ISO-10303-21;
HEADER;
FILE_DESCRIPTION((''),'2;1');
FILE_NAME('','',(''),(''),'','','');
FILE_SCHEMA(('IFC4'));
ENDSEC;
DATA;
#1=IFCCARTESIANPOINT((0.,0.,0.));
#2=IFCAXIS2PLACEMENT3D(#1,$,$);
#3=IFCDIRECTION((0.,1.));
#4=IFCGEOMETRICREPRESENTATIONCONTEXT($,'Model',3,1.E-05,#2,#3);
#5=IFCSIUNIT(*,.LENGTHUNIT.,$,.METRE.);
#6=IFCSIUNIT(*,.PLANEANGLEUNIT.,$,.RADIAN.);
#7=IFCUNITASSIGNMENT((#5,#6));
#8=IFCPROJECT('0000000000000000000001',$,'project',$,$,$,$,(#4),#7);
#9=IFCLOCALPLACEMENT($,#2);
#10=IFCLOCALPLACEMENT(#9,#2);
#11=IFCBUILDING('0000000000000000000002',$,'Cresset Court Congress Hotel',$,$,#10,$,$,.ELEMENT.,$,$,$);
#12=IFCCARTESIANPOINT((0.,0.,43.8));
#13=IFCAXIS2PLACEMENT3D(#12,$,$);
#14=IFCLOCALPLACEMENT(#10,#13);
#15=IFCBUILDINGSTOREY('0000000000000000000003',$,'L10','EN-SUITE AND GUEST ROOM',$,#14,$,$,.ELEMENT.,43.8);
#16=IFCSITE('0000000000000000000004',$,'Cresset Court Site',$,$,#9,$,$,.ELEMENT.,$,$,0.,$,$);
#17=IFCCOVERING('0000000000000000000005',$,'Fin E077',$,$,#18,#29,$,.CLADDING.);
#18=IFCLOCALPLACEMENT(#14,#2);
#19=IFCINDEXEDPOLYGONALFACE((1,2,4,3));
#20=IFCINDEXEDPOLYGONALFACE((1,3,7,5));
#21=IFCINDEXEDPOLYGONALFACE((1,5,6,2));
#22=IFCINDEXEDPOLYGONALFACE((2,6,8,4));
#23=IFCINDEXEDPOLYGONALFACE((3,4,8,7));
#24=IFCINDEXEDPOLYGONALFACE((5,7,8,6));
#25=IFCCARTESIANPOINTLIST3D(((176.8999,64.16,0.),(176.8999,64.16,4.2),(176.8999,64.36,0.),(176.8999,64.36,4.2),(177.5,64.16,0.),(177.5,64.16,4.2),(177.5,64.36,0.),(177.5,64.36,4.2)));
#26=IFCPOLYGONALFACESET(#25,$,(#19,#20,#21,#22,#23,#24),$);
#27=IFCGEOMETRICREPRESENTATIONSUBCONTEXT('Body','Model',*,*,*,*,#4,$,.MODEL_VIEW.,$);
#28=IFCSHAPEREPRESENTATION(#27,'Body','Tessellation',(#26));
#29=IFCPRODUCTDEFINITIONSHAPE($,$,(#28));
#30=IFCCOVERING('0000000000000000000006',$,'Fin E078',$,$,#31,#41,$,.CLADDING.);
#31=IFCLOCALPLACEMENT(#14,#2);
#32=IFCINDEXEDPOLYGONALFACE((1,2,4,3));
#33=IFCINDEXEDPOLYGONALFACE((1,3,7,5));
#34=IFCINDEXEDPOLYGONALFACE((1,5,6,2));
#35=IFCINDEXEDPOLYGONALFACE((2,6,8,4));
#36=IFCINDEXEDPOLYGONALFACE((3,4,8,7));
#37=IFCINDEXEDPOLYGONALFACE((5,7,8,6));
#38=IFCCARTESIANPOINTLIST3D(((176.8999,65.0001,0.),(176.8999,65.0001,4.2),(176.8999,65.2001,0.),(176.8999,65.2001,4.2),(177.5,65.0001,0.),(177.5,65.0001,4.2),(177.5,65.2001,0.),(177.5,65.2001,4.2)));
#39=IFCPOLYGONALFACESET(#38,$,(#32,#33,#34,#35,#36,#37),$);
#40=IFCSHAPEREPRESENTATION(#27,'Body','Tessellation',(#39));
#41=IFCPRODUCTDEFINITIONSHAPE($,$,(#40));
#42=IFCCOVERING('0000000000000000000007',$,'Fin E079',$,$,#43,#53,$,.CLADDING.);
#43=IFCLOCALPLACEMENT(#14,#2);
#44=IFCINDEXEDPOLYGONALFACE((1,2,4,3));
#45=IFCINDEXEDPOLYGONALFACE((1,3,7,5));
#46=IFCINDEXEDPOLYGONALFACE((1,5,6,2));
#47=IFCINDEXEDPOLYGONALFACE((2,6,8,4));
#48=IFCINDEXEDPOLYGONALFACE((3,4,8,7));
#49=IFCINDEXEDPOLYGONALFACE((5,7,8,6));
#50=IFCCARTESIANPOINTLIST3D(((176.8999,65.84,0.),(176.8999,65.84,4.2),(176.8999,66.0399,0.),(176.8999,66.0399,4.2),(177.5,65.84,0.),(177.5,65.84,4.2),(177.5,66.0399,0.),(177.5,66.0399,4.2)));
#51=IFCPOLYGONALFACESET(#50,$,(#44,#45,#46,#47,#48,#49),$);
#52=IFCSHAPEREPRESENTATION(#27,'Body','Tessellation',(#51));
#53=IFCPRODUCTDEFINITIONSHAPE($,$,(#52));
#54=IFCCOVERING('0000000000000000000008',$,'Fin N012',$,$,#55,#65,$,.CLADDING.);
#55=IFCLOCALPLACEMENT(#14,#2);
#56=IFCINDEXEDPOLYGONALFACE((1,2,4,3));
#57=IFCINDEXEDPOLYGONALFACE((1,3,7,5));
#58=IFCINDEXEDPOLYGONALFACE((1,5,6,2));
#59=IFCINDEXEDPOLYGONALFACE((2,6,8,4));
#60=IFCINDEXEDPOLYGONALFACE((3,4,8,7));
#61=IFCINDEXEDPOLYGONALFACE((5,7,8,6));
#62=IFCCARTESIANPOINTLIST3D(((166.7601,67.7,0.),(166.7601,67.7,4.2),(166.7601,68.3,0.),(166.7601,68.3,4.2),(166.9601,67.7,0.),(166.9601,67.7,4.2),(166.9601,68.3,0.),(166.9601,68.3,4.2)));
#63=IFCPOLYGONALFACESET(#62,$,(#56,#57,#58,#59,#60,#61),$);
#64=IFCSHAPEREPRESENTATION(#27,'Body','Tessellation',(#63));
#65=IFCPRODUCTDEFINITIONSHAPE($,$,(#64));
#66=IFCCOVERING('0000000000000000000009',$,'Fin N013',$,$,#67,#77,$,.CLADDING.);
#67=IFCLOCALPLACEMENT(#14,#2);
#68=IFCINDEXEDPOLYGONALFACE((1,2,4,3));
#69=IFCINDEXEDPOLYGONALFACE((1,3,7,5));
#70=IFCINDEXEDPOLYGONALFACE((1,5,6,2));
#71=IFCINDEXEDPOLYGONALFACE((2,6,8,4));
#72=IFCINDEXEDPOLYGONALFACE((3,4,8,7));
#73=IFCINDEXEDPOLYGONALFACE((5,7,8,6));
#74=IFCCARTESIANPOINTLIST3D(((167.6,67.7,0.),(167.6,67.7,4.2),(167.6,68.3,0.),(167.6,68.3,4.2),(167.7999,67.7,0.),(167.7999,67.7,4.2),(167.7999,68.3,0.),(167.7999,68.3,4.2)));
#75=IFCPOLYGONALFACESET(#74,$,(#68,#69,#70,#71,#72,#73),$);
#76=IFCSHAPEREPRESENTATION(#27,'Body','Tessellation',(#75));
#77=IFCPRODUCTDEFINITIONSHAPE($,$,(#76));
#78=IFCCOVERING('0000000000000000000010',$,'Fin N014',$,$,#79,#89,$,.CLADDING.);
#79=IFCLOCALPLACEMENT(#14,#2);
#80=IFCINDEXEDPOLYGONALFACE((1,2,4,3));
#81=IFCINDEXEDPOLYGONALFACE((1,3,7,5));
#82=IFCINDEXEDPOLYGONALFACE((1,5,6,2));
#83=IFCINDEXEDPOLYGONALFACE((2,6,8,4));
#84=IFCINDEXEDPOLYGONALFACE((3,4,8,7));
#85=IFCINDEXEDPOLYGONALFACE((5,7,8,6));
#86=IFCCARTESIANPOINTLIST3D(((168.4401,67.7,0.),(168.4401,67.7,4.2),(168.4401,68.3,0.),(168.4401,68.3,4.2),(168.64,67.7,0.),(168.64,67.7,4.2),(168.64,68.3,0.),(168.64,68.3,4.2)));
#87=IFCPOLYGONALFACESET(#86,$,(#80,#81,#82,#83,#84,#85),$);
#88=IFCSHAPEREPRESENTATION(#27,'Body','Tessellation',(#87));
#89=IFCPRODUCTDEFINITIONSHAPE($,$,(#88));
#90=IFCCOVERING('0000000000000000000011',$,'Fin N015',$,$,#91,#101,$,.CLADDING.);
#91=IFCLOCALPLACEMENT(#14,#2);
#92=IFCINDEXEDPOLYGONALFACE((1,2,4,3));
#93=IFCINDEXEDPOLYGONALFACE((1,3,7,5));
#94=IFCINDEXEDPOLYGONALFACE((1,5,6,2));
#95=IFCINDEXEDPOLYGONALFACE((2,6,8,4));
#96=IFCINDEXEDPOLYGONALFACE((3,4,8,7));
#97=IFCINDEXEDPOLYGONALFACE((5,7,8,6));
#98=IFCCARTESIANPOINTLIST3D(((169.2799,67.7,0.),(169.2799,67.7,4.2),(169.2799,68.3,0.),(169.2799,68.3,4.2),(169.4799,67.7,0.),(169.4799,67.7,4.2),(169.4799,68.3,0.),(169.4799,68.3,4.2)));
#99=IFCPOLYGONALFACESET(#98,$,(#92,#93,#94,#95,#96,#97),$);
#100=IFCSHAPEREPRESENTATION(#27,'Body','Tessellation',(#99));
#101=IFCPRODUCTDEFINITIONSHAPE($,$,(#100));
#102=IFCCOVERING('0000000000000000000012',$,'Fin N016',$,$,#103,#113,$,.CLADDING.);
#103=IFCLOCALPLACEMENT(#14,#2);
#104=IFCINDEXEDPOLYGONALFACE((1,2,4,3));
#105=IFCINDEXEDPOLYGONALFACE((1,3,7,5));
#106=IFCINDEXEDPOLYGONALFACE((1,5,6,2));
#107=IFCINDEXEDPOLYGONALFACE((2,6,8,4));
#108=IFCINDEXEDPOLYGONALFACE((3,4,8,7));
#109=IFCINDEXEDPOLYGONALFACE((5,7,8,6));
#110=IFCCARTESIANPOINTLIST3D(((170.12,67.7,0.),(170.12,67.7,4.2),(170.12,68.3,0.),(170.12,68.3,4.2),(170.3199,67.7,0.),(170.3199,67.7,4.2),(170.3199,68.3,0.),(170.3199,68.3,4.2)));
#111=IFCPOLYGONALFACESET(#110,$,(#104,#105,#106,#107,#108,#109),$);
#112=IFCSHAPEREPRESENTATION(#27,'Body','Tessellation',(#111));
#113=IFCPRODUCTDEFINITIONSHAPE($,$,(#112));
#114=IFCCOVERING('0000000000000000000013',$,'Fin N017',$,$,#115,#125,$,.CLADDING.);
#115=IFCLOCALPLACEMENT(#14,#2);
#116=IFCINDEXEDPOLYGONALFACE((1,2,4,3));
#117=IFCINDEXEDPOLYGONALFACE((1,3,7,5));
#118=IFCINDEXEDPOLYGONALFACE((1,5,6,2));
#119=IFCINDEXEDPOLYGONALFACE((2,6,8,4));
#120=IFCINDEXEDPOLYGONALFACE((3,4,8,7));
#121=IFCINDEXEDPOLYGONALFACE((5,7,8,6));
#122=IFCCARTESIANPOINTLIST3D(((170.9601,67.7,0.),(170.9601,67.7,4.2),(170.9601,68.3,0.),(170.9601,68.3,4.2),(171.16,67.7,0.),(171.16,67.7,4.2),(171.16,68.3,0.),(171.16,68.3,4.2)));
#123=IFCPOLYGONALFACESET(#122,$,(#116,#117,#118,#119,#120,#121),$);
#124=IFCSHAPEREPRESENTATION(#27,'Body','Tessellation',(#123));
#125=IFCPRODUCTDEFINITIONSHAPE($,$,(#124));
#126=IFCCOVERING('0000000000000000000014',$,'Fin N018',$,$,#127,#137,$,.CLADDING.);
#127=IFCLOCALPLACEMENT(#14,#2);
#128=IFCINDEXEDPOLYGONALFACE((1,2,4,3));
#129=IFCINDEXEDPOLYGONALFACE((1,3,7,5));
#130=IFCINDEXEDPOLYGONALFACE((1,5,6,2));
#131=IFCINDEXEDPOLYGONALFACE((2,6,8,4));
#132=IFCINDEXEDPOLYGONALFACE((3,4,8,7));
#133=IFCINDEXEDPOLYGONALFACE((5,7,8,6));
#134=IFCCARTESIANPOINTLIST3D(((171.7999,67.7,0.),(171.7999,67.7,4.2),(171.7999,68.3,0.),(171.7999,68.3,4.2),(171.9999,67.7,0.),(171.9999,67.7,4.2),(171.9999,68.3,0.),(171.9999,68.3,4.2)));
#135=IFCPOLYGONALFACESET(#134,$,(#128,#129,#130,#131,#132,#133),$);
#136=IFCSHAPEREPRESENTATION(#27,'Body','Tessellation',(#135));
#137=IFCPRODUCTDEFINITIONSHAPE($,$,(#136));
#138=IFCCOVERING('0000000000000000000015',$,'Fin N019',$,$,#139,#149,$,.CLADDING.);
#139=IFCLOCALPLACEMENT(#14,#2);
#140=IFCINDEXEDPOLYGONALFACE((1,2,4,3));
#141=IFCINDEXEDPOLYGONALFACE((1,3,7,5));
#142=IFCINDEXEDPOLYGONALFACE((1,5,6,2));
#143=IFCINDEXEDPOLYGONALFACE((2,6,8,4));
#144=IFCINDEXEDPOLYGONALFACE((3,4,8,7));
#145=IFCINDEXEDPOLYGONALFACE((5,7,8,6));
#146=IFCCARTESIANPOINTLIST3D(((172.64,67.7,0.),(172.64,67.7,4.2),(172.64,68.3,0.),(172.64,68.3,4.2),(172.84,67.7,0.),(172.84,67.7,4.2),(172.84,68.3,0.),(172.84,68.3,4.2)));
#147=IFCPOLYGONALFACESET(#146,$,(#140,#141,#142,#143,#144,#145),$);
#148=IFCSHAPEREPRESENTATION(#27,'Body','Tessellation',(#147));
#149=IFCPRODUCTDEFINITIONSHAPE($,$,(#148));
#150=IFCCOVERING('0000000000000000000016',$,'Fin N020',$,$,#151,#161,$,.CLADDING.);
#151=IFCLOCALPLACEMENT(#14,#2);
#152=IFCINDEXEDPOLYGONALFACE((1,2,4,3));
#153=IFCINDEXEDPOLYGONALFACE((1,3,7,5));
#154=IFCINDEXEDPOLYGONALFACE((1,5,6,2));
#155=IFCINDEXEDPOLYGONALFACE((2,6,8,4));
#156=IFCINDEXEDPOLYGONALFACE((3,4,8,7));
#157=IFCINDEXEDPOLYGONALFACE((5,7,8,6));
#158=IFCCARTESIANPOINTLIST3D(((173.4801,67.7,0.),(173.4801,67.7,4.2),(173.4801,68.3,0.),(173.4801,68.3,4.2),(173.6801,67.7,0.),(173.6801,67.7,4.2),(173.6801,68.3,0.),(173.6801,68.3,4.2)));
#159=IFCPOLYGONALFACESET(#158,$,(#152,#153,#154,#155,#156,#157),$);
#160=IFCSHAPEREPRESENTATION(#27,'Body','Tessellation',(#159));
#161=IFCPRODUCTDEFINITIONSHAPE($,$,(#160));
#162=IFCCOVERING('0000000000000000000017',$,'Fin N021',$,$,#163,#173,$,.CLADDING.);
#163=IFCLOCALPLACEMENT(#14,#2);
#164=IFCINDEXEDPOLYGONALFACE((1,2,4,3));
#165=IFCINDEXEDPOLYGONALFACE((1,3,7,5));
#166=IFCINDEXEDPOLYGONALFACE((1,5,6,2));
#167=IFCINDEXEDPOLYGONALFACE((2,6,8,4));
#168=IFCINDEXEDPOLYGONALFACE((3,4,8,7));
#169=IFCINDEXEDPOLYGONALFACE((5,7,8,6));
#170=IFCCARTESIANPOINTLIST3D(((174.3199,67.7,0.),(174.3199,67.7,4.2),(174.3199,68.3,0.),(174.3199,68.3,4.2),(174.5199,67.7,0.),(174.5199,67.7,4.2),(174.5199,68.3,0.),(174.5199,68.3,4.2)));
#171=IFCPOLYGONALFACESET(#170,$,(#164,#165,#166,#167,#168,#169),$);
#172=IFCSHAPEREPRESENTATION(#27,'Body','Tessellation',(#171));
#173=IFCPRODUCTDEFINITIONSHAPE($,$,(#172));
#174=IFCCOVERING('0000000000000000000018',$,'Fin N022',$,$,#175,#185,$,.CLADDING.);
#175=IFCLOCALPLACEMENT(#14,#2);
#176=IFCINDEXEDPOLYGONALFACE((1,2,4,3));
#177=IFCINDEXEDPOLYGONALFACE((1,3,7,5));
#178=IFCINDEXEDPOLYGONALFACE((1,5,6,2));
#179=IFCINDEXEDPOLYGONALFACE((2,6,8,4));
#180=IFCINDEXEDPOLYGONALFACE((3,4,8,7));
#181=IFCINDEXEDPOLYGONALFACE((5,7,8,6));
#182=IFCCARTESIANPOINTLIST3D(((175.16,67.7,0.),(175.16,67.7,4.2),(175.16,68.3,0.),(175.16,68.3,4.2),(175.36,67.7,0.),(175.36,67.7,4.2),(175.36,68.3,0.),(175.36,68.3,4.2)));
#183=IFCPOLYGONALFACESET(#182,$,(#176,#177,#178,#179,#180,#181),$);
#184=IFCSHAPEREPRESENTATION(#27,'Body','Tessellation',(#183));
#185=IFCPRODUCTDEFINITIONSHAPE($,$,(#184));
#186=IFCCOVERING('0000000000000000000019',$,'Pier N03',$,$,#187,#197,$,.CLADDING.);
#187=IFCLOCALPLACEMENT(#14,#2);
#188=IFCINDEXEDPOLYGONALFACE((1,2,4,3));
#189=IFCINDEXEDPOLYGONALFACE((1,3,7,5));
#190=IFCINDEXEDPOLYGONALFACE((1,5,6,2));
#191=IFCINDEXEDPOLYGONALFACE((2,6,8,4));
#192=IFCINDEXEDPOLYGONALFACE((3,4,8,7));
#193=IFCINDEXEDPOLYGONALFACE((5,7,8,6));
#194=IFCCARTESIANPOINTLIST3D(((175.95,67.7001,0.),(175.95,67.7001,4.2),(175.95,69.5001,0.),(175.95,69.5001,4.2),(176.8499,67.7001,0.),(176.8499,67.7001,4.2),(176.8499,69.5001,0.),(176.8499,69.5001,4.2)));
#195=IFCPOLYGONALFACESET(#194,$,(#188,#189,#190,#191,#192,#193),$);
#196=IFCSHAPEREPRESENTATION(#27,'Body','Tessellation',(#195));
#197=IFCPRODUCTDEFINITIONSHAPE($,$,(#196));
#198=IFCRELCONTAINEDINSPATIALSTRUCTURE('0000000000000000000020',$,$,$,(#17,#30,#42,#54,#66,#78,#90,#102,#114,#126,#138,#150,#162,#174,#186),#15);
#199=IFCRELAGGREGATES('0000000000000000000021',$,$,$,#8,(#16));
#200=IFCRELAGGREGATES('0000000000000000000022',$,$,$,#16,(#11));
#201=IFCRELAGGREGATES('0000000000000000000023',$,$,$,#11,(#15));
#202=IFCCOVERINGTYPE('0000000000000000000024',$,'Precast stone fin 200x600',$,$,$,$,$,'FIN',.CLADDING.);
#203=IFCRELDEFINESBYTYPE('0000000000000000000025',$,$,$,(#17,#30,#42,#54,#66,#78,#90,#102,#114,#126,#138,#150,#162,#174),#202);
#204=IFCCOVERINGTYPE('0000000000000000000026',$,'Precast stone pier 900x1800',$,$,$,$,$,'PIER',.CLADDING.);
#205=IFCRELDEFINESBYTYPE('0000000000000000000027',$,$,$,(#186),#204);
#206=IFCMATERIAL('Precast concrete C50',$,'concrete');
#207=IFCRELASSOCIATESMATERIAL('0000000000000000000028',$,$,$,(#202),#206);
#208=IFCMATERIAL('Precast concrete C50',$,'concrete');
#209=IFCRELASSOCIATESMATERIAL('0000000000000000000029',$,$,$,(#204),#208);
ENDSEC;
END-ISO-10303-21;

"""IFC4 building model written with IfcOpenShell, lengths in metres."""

from ifc_helpers import new_model, si_unit, direction, frame, origin, origin_2d, place, context, subcontext, project, spatial, rectangle, extrude, material, type_object, element, save


model = new_model("IFC4")

# Units and contexts
model_context = context("Model", 3, precision=1e-05, world=origin(), true_north=direction((0.0, 1.0)))
body_context = subcontext(model_context, "Body", "Model", "MODEL_VIEW")
ifc_project = project(units=[si_unit("LENGTHUNIT", "METRE"), si_unit("PLANEANGLEUNIT", "RADIAN")], contexts=[model_context])

# Site, building, storey
site_placement = place(None, origin())
site = spatial("IfcSite", under=ifc_project, at=site_placement, Name="Cresset Court Site", CompositionType="ELEMENT", RefElevation=0.0)
building_placement = place(site_placement, origin())
building = spatial("IfcBuilding", under=site, at=building_placement, Name="Cresset Court Congress Hotel", CompositionType="ELEMENT")
storey_placement = place(building_placement, frame((0.0, 0.0, 43.8)))
storey = spatial("IfcBuildingStorey", under=building, at=storey_placement, Name="L10", Description="EN-SUITE AND GUEST ROOM", CompositionType="ELEMENT", Elevation=43.8)

# Coverings
ifc_material_1 = material(Name="Precast concrete C50", Category="concrete")
covering_type_1 = type_object("IfcCoveringType", Name="Precast stone fin 200x600", ElementType="FIN", PredefinedType="CLADDING", material=ifc_material_1)
for number, where, z_axis, x_axis, name in (
    (1, (177.2, 64.26, 0.0), (0.0, 0.0, 1.0), (1.0, 0.0, 0.0), "Fin E077"),
    (2, (177.2, 65.1001, 0.0), (0.0, 0.0, 1.0), (1.0, 0.0, 0.0), "Fin E078"),
    (3, (177.2, 65.9399, 0.0), (0.0, 0.0, 1.0), (1.0, 0.0, 0.0), "Fin E079"),
):
    element("IfcCovering", number, at=place(storey_placement, frame(where, z_axis=z_axis, x_axis=x_axis)), inside=storey, type_object=covering_type_1, Name=name, PredefinedType="CLADDING", context=body_context, shape_type="SweptSolid", body=[
        extrude(rectangle(XDim=0.6001, YDim=0.2, at=origin_2d()), origin(), (0.0, 0.0, 1.0), 4.2),
    ])
for number, where, z_axis, x_axis, name in (
    (4, (166.8601, 68.0, 0.0), (0.0, 0.0, 1.0), (1.0, 0.0, 0.0), "Fin N012"),
    (5, (167.7, 68.0, 0.0), (0.0, 0.0, 1.0), (1.0, 0.0, 0.0), "Fin N013"),
    (6, (168.54, 68.0, 0.0), (0.0, 0.0, 1.0), (1.0, 0.0, 0.0), "Fin N014"),
    (7, (169.3799, 68.0, 0.0), (0.0, 0.0, 1.0), (1.0, 0.0, 0.0), "Fin N015"),
    (8, (170.22, 68.0, 0.0), (0.0, 0.0, 1.0), (1.0, 0.0, 0.0), "Fin N016"),
    (9, (171.0601, 68.0, 0.0), (0.0, 0.0, 1.0), (1.0, 0.0, 0.0), "Fin N017"),
    (10, (171.8999, 68.0, 0.0), (0.0, 0.0, 1.0), (1.0, 0.0, 0.0), "Fin N018"),
    (11, (172.74, 68.0, 0.0), (0.0, 0.0, 1.0), (1.0, 0.0, 0.0), "Fin N019"),
    (12, (173.5801, 68.0, 0.0), (0.0, 0.0, 1.0), (1.0, 0.0, 0.0), "Fin N020"),
    (13, (174.4199, 68.0, 0.0), (0.0, 0.0, 1.0), (1.0, 0.0, 0.0), "Fin N021"),
    (14, (175.26, 68.0, 0.0), (0.0, 0.0, 1.0), (1.0, 0.0, 0.0), "Fin N022"),
):
    element("IfcCovering", number, at=place(storey_placement, frame(where, z_axis=z_axis, x_axis=x_axis)), inside=storey, type_object=covering_type_1, Name=name, PredefinedType="CLADDING", context=body_context, shape_type="SweptSolid", body=[
        extrude(rectangle(XDim=0.2, YDim=0.6001, at=origin_2d()), origin(), (0.0, 0.0, 1.0), 4.2),
    ])
ifc_material_2 = material(Name="Precast concrete C50", Category="concrete")
covering_type_2 = type_object("IfcCoveringType", Name="Precast stone pier 900x1800", ElementType="PIER", PredefinedType="CLADDING", material=ifc_material_2)
covering_placement = place(storey_placement, frame((176.3999, 68.6001, 0.0), z_axis=(0.0, 0.0, 1.0), x_axis=(1.0, 0.0, 0.0)))
element("IfcCovering", 15, at=covering_placement, inside=storey, type_object=covering_type_2, Name="Pier N03", PredefinedType="CLADDING", context=body_context, shape_type="SweptSolid", body=[
    extrude(rectangle(XDim=0.8999, YDim=1.8, at=origin_2d()), origin(), (0.0, 0.0, 1.0), 4.2),
])

save(model, "model.ifc")
